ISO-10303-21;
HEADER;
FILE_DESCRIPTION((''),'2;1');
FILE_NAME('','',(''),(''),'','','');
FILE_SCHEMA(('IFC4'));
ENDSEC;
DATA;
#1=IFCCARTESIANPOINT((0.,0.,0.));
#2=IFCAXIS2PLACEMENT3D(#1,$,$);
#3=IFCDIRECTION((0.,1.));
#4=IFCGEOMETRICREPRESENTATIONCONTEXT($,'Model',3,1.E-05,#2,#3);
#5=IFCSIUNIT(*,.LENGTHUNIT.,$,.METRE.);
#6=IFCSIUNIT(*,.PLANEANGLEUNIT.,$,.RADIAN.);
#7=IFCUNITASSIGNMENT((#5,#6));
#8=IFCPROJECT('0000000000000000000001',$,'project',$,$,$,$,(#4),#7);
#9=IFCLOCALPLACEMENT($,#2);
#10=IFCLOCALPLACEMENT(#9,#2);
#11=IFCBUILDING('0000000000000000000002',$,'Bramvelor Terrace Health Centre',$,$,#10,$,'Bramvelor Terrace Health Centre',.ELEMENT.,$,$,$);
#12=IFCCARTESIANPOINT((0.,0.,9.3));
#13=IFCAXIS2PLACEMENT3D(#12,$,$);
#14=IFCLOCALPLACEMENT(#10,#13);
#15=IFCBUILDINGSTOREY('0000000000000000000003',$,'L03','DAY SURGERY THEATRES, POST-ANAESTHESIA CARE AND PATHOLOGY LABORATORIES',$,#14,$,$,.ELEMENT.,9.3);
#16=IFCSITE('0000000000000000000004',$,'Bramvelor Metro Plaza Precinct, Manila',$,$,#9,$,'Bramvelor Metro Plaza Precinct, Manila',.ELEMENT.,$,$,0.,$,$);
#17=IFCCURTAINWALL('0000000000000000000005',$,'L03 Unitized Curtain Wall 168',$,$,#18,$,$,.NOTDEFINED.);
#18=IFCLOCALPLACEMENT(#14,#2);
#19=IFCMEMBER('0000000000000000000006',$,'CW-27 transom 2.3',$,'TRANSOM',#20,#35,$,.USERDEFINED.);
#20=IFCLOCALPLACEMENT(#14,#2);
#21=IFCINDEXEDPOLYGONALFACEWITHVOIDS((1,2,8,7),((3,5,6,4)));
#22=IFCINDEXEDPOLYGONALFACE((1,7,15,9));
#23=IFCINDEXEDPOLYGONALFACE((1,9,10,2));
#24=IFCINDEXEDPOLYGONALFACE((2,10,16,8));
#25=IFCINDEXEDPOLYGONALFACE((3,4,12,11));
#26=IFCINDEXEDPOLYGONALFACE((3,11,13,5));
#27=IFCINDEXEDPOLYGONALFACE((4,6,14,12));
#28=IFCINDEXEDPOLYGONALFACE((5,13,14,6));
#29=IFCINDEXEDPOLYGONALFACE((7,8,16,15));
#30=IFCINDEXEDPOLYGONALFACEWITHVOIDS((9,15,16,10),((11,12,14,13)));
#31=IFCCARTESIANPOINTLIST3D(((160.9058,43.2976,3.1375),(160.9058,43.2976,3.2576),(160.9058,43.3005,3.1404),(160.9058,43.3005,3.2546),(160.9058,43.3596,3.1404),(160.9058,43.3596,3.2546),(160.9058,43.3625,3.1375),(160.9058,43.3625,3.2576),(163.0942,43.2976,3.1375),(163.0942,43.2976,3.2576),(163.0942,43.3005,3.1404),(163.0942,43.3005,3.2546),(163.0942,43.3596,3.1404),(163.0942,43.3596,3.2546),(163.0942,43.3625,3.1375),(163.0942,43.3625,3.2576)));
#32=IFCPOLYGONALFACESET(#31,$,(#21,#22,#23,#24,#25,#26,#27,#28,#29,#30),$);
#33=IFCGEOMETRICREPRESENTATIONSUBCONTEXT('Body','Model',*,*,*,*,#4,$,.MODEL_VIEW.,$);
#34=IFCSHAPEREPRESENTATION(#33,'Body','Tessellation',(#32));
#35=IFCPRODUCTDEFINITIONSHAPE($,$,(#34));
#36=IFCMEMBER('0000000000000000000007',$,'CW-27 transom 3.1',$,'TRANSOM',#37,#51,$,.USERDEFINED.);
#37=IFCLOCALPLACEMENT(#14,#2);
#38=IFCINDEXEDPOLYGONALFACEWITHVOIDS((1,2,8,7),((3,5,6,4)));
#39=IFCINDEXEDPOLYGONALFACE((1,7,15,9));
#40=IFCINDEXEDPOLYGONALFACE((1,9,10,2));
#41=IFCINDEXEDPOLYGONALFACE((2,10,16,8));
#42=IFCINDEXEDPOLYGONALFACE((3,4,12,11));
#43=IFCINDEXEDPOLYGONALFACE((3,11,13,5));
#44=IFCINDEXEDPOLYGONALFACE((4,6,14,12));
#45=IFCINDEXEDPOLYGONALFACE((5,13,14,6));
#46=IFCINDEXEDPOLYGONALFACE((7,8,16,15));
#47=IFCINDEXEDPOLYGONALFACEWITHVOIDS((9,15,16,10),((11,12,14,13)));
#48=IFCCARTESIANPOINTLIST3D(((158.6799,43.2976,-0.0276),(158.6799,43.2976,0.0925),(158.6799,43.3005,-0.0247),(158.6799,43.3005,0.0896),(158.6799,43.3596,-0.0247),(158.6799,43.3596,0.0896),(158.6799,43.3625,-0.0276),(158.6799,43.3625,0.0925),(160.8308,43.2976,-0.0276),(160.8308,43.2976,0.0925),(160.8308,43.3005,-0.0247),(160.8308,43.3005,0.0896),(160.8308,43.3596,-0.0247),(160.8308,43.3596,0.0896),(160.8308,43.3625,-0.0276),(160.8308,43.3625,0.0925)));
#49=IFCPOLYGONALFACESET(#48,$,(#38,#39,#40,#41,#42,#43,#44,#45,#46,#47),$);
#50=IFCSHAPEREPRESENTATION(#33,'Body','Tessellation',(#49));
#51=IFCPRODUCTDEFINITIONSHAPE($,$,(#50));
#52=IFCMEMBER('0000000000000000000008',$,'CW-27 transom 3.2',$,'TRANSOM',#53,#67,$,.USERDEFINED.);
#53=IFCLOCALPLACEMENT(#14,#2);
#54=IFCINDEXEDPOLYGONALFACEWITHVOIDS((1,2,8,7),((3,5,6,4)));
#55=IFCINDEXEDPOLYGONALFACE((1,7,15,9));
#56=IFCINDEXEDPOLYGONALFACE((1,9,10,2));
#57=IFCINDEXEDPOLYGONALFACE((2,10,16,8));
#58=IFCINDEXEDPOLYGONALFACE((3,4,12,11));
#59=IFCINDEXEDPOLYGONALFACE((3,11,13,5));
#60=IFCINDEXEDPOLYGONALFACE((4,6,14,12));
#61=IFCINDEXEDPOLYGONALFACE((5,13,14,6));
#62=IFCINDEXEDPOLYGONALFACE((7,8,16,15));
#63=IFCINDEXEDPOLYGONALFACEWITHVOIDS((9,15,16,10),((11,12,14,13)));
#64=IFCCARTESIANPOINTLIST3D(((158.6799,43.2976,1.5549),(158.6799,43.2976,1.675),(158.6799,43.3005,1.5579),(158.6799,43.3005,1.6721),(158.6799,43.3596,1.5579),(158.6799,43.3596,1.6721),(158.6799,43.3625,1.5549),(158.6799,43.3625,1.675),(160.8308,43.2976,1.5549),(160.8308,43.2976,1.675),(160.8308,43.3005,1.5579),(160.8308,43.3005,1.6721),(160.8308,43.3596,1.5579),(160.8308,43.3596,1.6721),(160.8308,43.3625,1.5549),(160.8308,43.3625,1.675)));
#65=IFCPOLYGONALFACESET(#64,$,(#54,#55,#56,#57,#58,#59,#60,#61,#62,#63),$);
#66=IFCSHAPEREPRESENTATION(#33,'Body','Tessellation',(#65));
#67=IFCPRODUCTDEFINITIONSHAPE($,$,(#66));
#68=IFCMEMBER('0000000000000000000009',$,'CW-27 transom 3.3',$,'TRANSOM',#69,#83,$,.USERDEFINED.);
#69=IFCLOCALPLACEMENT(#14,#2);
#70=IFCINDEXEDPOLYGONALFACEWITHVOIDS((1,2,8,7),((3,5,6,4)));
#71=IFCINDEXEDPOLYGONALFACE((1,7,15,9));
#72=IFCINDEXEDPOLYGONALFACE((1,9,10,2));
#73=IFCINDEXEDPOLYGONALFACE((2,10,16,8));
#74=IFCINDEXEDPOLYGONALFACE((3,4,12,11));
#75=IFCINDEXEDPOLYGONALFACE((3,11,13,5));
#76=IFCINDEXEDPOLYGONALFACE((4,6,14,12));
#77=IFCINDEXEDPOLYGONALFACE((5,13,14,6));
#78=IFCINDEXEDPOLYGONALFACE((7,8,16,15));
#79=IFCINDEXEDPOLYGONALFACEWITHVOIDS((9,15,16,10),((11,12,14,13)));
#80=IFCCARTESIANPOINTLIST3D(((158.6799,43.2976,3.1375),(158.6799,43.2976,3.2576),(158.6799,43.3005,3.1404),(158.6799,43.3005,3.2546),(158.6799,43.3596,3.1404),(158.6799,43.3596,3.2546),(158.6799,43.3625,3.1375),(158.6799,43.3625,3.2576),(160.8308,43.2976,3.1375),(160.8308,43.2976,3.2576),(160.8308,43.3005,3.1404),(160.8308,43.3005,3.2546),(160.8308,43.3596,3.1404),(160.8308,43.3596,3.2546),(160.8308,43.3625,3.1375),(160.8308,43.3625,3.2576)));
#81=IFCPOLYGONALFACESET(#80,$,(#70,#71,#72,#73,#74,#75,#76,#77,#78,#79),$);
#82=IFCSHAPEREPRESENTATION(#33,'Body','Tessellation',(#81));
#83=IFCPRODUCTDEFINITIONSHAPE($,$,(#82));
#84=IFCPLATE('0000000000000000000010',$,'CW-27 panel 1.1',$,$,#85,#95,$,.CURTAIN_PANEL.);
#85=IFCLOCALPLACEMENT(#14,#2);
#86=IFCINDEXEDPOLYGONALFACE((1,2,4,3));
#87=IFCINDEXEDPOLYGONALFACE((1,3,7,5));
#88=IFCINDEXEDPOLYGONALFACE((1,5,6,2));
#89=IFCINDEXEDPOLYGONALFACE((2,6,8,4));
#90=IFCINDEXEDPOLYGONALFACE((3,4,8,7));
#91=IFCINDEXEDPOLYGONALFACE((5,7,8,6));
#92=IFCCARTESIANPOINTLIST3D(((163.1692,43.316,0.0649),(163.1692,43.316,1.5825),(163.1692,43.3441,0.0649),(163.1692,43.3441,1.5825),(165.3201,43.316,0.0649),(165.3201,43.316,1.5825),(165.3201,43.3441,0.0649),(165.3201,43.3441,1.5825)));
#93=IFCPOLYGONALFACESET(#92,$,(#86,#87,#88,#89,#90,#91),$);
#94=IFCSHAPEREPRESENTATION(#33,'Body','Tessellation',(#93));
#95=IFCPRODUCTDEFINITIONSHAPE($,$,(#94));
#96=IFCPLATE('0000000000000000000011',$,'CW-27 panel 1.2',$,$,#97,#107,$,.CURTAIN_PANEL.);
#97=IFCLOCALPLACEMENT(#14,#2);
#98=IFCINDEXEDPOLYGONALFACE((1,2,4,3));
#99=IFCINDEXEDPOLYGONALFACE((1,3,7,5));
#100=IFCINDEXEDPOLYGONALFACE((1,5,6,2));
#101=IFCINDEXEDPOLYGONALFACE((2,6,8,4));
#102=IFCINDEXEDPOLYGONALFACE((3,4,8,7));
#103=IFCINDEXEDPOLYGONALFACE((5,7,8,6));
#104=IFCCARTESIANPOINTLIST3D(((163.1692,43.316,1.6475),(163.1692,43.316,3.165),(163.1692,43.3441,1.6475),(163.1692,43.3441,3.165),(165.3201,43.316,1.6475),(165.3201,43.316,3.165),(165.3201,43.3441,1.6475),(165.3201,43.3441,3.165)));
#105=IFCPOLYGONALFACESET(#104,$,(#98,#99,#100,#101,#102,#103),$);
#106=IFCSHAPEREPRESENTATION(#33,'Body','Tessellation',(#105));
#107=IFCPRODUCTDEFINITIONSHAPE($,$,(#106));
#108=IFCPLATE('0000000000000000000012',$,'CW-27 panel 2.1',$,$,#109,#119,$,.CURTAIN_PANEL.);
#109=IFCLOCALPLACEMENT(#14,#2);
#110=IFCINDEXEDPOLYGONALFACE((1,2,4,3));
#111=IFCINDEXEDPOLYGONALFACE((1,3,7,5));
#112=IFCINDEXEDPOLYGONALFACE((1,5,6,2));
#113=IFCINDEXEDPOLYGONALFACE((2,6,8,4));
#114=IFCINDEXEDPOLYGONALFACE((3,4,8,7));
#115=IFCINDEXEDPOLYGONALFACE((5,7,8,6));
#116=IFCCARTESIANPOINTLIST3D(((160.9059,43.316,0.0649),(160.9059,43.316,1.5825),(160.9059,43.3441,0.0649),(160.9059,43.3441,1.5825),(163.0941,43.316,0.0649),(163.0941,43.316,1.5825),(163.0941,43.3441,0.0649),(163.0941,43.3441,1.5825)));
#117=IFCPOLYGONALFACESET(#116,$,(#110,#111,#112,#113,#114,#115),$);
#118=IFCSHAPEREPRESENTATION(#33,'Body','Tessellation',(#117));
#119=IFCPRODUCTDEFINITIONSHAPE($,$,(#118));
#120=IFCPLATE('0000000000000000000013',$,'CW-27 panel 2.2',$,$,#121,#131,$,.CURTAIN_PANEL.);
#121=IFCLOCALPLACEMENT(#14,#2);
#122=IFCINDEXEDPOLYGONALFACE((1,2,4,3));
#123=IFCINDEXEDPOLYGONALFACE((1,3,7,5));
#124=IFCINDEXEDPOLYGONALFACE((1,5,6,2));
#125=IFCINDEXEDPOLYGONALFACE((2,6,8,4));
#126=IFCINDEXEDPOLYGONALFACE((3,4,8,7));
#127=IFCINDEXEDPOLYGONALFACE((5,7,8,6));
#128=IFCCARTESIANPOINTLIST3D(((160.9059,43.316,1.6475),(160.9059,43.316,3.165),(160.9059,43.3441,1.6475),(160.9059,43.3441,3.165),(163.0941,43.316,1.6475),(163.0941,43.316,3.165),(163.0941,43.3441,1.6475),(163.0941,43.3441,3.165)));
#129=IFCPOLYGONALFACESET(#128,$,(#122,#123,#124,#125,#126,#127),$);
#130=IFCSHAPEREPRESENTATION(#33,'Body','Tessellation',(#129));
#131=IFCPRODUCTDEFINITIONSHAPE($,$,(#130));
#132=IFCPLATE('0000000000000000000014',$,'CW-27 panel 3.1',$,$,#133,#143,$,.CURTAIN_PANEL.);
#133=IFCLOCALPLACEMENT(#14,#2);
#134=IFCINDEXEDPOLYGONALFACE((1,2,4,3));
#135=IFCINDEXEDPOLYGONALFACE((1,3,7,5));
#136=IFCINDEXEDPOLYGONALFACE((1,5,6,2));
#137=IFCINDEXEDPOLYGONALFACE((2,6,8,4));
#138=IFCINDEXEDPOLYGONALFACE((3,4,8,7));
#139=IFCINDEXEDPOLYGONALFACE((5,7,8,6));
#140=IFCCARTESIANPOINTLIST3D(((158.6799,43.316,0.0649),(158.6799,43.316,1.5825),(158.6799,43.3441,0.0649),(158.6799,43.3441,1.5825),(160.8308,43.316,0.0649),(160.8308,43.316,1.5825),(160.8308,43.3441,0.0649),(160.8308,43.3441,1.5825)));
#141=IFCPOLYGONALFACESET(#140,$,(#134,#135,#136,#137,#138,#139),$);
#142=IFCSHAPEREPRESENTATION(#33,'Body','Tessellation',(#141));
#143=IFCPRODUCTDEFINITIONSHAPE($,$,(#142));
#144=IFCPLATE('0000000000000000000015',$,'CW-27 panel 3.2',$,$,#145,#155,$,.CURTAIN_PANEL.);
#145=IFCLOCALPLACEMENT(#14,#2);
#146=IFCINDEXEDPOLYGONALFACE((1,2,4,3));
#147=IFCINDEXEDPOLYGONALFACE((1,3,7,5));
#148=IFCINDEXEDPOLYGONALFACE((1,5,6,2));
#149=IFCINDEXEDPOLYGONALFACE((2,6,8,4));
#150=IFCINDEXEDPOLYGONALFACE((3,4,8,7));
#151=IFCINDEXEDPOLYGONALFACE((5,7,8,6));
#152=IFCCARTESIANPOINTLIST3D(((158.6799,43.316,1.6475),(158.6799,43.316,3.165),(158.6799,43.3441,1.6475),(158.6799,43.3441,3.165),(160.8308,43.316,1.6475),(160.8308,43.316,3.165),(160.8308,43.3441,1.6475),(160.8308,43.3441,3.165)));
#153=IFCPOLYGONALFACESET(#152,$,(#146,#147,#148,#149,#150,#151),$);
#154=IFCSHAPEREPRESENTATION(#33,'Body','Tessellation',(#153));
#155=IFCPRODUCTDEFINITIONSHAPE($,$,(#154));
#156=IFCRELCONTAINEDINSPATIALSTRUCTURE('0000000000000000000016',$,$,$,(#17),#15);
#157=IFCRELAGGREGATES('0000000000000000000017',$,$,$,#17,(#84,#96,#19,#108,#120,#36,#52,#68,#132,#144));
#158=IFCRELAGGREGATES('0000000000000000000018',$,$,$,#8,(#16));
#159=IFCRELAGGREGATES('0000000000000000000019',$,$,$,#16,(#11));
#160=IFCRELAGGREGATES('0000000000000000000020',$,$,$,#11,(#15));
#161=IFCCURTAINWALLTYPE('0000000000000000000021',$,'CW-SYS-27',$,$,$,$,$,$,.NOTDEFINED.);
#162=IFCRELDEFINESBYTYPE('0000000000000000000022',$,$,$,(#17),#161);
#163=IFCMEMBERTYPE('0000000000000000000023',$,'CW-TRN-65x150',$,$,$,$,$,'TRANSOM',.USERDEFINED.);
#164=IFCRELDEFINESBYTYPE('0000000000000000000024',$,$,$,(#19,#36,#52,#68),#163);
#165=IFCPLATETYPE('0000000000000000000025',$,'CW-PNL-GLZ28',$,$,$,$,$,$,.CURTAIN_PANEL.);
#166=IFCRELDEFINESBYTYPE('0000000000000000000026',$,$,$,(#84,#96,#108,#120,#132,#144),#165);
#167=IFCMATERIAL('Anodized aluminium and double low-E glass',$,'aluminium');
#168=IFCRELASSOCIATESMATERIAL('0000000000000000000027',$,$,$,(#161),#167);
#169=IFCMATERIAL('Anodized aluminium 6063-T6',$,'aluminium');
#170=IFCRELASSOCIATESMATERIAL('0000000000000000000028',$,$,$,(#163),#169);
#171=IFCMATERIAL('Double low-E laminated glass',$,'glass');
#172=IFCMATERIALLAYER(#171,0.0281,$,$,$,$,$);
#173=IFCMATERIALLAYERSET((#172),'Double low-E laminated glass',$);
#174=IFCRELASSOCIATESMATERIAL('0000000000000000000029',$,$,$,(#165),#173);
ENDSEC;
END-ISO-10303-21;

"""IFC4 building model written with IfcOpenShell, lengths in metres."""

from ifc_helpers import new_model, si_unit, direction, frame, origin, origin_2d, place, context, subcontext, project, spatial, rectangle, hollow_rectangle, extrude, material, layer, layer_set, material_profile, profile_set, type_object, element, aggregate, save


model = new_model("IFC4")

# Units and contexts
model_context = context("Model", 3, precision=1e-05, world=origin(), true_north=direction((0.0, 1.0)))
body_context = subcontext(model_context, "Body", "Model", "MODEL_VIEW")
ifc_project = project(units=[si_unit("LENGTHUNIT", "METRE"), si_unit("PLANEANGLEUNIT", "RADIAN")], contexts=[model_context])

# Site, building, storey
site_placement = place(None, origin())
site = spatial("IfcSite", under=ifc_project, at=site_placement, Name="Bramvelor Metro Plaza Precinct, Manila", LongName="Bramvelor Metro Plaza Precinct, Manila", CompositionType="ELEMENT", RefElevation=0.0)
building_placement = place(site_placement, origin())
building = spatial("IfcBuilding", under=site, at=building_placement, Name="Bramvelor Terrace Health Centre", LongName="Bramvelor Terrace Health Centre", CompositionType="ELEMENT")
storey_placement = place(building_placement, frame((0.0, 0.0, 9.3)))
storey = spatial("IfcBuildingStorey", under=building, at=storey_placement, Name="L03", Description="DAY SURGERY THEATRES, POST-ANAESTHESIA CARE AND PATHOLOGY LABORATORIES", CompositionType="ELEMENT", Elevation=9.3)

# Curtain wall, members, plates
ifc_material_1 = material(Name="Anodized aluminium and double low-E glass", Category="aluminium")
curtain_wall_type = type_object("IfcCurtainWallType", Name="CW-SYS-27", PredefinedType="NOTDEFINED", material=ifc_material_1)
curtain_wall_placement = place(storey_placement, origin())
curtain_wall = element("IfcCurtainWall", 1, at=curtain_wall_placement, inside=storey, type_object=curtain_wall_type, Name="L03 Unitized Curtain Wall 168", PredefinedType="NOTDEFINED")
ifc_material_2 = material(Name="Anodized aluminium 6063-T6", Category="aluminium")
ifc_material_profile_1 = material_profile(ifc_material_2, hollow_rectangle(XDim=0.0649, YDim=0.1201, WallThickness=0.0029, at=origin_2d()), Name="ALU-TRN 65x120x3.0")
ifc_profile_set_1 = profile_set([ifc_material_profile_1], Name="Anodized aluminium 6063-T6")
member_type_1 = type_object("IfcMemberType", Name="CW-TRN-65x150", ElementType="TRANSOM", PredefinedType="USERDEFINED", material=ifc_profile_set_1)
member_1_placement = place(storey_placement, frame((163.0942, 43.3301, 3.1975), z_axis=(-1.0, 0.0, 0.0), x_axis=(0.0, -1.0, 0.0)))
member_1 = element("IfcMember", 2, at=member_1_placement, type_object=member_type_1, Name="CW-27 transom 2.3", ObjectType="TRANSOM", PredefinedType="USERDEFINED", context=body_context, shape_type="SweptSolid", body=[
    extrude(hollow_rectangle(XDim=0.0649, YDim=0.1201, WallThickness=0.0029, at=origin_2d()), origin(), (0.0, 0.0, 1.0), 2.1885),
])
member_2_placement = place(storey_placement, frame((160.8308, 43.3301, 0.0325), z_axis=(-1.0, 0.0, 0.0), x_axis=(0.0, -1.0, 0.0)))
member_2 = element("IfcMember", 3, at=member_2_placement, type_object=member_type_1, Name="CW-27 transom 3.1", ObjectType="TRANSOM", PredefinedType="USERDEFINED", context=body_context, shape_type="SweptSolid", body=[
    extrude(hollow_rectangle(XDim=0.0649, YDim=0.1201, WallThickness=0.0029, at=origin_2d()), origin(), (0.0, 0.0, 1.0), 2.1509),
])
member_3_placement = place(storey_placement, frame((160.8308, 43.3301, 1.615), z_axis=(-1.0, 0.0, 0.0), x_axis=(0.0, -1.0, 0.0)))
member_3 = element("IfcMember", 4, at=member_3_placement, type_object=member_type_1, Name="CW-27 transom 3.2", ObjectType="TRANSOM", PredefinedType="USERDEFINED", context=body_context, shape_type="SweptSolid", body=[
    extrude(hollow_rectangle(XDim=0.0649, YDim=0.1201, WallThickness=0.0029, at=origin_2d()), origin(), (0.0, 0.0, 1.0), 2.1509),
])
member_4_placement = place(storey_placement, frame((160.8308, 43.3301, 3.1975), z_axis=(-1.0, 0.0, 0.0), x_axis=(0.0, -1.0, 0.0)))
member_4 = element("IfcMember", 5, at=member_4_placement, type_object=member_type_1, Name="CW-27 transom 3.3", ObjectType="TRANSOM", PredefinedType="USERDEFINED", context=body_context, shape_type="SweptSolid", body=[
    extrude(hollow_rectangle(XDim=0.0649, YDim=0.1201, WallThickness=0.0029, at=origin_2d()), origin(), (0.0, 0.0, 1.0), 2.1509),
])
ifc_material_3 = material(Name="Double low-E laminated glass", Category="glass")
ifc_layer = layer(ifc_material_3, 0.0281)
ifc_layer_set = layer_set([ifc_layer], Name="Double low-E laminated glass")
plate_type = type_object("IfcPlateType", Name="CW-PNL-GLZ28", PredefinedType="CURTAIN_PANEL", material=ifc_layer_set)
plate_1_placement = place(storey_placement, frame((164.2446, 43.3301, 0.0649), z_axis=(0.0, 0.0, 1.0), x_axis=(-1.0, 0.0, 0.0)))
plate_1 = element("IfcPlate", 6, at=plate_1_placement, type_object=plate_type, Name="CW-27 panel 1.1", PredefinedType="CURTAIN_PANEL", context=body_context, shape_type="SweptSolid", body=[
    extrude(rectangle(XDim=2.1509, YDim=0.0281, at=origin_2d()), origin(), (0.0, 0.0, 1.0), 1.5176),
])
plate_2_placement = place(storey_placement, frame((164.2446, 43.3301, 1.6475), z_axis=(0.0, 0.0, 1.0), x_axis=(-1.0, 0.0, 0.0)))
plate_2 = element("IfcPlate", 7, at=plate_2_placement, type_object=plate_type, Name="CW-27 panel 1.2", PredefinedType="CURTAIN_PANEL", context=body_context, shape_type="SweptSolid", body=[
    extrude(rectangle(XDim=2.1509, YDim=0.0281, at=origin_2d()), origin(), (0.0, 0.0, 1.0), 1.5176),
])
plate_3_placement = place(storey_placement, frame((162.0, 43.3301, 0.0649), z_axis=(0.0, 0.0, 1.0), x_axis=(-1.0, 0.0, 0.0)))
plate_3 = element("IfcPlate", 8, at=plate_3_placement, type_object=plate_type, Name="CW-27 panel 2.1", PredefinedType="CURTAIN_PANEL", context=body_context, shape_type="SweptSolid", body=[
    extrude(rectangle(XDim=2.1882, YDim=0.0281, at=origin_2d()), origin(), (0.0, 0.0, 1.0), 1.5176),
])
plate_4_placement = place(storey_placement, frame((162.0, 43.3301, 1.6475), z_axis=(0.0, 0.0, 1.0), x_axis=(-1.0, 0.0, 0.0)))
plate_4 = element("IfcPlate", 9, at=plate_4_placement, type_object=plate_type, Name="CW-27 panel 2.2", PredefinedType="CURTAIN_PANEL", context=body_context, shape_type="SweptSolid", body=[
    extrude(rectangle(XDim=2.1882, YDim=0.0281, at=origin_2d()), origin(), (0.0, 0.0, 1.0), 1.5176),
])
plate_5_placement = place(storey_placement, frame((159.7554, 43.3301, 0.0649), z_axis=(0.0, 0.0, 1.0), x_axis=(-1.0, 0.0, 0.0)))
plate_5 = element("IfcPlate", 10, at=plate_5_placement, type_object=plate_type, Name="CW-27 panel 3.1", PredefinedType="CURTAIN_PANEL", context=body_context, shape_type="SweptSolid", body=[
    extrude(rectangle(XDim=2.1509, YDim=0.0281, at=origin_2d()), origin(), (0.0, 0.0, 1.0), 1.5176),
])
plate_6_placement = place(storey_placement, frame((159.7554, 43.3301, 1.6475), z_axis=(0.0, 0.0, 1.0), x_axis=(-1.0, 0.0, 0.0)))
plate_6 = element("IfcPlate", 11, at=plate_6_placement, type_object=plate_type, Name="CW-27 panel 3.2", PredefinedType="CURTAIN_PANEL", context=body_context, shape_type="SweptSolid", body=[
    extrude(rectangle(XDim=2.1509, YDim=0.0281, at=origin_2d()), origin(), (0.0, 0.0, 1.0), 1.5176),
])
aggregate(curtain_wall, [plate_1, plate_2, member_1, plate_3, plate_4, member_2, member_3, member_4, plate_5, plate_6])

save(model, "model.ifc")
